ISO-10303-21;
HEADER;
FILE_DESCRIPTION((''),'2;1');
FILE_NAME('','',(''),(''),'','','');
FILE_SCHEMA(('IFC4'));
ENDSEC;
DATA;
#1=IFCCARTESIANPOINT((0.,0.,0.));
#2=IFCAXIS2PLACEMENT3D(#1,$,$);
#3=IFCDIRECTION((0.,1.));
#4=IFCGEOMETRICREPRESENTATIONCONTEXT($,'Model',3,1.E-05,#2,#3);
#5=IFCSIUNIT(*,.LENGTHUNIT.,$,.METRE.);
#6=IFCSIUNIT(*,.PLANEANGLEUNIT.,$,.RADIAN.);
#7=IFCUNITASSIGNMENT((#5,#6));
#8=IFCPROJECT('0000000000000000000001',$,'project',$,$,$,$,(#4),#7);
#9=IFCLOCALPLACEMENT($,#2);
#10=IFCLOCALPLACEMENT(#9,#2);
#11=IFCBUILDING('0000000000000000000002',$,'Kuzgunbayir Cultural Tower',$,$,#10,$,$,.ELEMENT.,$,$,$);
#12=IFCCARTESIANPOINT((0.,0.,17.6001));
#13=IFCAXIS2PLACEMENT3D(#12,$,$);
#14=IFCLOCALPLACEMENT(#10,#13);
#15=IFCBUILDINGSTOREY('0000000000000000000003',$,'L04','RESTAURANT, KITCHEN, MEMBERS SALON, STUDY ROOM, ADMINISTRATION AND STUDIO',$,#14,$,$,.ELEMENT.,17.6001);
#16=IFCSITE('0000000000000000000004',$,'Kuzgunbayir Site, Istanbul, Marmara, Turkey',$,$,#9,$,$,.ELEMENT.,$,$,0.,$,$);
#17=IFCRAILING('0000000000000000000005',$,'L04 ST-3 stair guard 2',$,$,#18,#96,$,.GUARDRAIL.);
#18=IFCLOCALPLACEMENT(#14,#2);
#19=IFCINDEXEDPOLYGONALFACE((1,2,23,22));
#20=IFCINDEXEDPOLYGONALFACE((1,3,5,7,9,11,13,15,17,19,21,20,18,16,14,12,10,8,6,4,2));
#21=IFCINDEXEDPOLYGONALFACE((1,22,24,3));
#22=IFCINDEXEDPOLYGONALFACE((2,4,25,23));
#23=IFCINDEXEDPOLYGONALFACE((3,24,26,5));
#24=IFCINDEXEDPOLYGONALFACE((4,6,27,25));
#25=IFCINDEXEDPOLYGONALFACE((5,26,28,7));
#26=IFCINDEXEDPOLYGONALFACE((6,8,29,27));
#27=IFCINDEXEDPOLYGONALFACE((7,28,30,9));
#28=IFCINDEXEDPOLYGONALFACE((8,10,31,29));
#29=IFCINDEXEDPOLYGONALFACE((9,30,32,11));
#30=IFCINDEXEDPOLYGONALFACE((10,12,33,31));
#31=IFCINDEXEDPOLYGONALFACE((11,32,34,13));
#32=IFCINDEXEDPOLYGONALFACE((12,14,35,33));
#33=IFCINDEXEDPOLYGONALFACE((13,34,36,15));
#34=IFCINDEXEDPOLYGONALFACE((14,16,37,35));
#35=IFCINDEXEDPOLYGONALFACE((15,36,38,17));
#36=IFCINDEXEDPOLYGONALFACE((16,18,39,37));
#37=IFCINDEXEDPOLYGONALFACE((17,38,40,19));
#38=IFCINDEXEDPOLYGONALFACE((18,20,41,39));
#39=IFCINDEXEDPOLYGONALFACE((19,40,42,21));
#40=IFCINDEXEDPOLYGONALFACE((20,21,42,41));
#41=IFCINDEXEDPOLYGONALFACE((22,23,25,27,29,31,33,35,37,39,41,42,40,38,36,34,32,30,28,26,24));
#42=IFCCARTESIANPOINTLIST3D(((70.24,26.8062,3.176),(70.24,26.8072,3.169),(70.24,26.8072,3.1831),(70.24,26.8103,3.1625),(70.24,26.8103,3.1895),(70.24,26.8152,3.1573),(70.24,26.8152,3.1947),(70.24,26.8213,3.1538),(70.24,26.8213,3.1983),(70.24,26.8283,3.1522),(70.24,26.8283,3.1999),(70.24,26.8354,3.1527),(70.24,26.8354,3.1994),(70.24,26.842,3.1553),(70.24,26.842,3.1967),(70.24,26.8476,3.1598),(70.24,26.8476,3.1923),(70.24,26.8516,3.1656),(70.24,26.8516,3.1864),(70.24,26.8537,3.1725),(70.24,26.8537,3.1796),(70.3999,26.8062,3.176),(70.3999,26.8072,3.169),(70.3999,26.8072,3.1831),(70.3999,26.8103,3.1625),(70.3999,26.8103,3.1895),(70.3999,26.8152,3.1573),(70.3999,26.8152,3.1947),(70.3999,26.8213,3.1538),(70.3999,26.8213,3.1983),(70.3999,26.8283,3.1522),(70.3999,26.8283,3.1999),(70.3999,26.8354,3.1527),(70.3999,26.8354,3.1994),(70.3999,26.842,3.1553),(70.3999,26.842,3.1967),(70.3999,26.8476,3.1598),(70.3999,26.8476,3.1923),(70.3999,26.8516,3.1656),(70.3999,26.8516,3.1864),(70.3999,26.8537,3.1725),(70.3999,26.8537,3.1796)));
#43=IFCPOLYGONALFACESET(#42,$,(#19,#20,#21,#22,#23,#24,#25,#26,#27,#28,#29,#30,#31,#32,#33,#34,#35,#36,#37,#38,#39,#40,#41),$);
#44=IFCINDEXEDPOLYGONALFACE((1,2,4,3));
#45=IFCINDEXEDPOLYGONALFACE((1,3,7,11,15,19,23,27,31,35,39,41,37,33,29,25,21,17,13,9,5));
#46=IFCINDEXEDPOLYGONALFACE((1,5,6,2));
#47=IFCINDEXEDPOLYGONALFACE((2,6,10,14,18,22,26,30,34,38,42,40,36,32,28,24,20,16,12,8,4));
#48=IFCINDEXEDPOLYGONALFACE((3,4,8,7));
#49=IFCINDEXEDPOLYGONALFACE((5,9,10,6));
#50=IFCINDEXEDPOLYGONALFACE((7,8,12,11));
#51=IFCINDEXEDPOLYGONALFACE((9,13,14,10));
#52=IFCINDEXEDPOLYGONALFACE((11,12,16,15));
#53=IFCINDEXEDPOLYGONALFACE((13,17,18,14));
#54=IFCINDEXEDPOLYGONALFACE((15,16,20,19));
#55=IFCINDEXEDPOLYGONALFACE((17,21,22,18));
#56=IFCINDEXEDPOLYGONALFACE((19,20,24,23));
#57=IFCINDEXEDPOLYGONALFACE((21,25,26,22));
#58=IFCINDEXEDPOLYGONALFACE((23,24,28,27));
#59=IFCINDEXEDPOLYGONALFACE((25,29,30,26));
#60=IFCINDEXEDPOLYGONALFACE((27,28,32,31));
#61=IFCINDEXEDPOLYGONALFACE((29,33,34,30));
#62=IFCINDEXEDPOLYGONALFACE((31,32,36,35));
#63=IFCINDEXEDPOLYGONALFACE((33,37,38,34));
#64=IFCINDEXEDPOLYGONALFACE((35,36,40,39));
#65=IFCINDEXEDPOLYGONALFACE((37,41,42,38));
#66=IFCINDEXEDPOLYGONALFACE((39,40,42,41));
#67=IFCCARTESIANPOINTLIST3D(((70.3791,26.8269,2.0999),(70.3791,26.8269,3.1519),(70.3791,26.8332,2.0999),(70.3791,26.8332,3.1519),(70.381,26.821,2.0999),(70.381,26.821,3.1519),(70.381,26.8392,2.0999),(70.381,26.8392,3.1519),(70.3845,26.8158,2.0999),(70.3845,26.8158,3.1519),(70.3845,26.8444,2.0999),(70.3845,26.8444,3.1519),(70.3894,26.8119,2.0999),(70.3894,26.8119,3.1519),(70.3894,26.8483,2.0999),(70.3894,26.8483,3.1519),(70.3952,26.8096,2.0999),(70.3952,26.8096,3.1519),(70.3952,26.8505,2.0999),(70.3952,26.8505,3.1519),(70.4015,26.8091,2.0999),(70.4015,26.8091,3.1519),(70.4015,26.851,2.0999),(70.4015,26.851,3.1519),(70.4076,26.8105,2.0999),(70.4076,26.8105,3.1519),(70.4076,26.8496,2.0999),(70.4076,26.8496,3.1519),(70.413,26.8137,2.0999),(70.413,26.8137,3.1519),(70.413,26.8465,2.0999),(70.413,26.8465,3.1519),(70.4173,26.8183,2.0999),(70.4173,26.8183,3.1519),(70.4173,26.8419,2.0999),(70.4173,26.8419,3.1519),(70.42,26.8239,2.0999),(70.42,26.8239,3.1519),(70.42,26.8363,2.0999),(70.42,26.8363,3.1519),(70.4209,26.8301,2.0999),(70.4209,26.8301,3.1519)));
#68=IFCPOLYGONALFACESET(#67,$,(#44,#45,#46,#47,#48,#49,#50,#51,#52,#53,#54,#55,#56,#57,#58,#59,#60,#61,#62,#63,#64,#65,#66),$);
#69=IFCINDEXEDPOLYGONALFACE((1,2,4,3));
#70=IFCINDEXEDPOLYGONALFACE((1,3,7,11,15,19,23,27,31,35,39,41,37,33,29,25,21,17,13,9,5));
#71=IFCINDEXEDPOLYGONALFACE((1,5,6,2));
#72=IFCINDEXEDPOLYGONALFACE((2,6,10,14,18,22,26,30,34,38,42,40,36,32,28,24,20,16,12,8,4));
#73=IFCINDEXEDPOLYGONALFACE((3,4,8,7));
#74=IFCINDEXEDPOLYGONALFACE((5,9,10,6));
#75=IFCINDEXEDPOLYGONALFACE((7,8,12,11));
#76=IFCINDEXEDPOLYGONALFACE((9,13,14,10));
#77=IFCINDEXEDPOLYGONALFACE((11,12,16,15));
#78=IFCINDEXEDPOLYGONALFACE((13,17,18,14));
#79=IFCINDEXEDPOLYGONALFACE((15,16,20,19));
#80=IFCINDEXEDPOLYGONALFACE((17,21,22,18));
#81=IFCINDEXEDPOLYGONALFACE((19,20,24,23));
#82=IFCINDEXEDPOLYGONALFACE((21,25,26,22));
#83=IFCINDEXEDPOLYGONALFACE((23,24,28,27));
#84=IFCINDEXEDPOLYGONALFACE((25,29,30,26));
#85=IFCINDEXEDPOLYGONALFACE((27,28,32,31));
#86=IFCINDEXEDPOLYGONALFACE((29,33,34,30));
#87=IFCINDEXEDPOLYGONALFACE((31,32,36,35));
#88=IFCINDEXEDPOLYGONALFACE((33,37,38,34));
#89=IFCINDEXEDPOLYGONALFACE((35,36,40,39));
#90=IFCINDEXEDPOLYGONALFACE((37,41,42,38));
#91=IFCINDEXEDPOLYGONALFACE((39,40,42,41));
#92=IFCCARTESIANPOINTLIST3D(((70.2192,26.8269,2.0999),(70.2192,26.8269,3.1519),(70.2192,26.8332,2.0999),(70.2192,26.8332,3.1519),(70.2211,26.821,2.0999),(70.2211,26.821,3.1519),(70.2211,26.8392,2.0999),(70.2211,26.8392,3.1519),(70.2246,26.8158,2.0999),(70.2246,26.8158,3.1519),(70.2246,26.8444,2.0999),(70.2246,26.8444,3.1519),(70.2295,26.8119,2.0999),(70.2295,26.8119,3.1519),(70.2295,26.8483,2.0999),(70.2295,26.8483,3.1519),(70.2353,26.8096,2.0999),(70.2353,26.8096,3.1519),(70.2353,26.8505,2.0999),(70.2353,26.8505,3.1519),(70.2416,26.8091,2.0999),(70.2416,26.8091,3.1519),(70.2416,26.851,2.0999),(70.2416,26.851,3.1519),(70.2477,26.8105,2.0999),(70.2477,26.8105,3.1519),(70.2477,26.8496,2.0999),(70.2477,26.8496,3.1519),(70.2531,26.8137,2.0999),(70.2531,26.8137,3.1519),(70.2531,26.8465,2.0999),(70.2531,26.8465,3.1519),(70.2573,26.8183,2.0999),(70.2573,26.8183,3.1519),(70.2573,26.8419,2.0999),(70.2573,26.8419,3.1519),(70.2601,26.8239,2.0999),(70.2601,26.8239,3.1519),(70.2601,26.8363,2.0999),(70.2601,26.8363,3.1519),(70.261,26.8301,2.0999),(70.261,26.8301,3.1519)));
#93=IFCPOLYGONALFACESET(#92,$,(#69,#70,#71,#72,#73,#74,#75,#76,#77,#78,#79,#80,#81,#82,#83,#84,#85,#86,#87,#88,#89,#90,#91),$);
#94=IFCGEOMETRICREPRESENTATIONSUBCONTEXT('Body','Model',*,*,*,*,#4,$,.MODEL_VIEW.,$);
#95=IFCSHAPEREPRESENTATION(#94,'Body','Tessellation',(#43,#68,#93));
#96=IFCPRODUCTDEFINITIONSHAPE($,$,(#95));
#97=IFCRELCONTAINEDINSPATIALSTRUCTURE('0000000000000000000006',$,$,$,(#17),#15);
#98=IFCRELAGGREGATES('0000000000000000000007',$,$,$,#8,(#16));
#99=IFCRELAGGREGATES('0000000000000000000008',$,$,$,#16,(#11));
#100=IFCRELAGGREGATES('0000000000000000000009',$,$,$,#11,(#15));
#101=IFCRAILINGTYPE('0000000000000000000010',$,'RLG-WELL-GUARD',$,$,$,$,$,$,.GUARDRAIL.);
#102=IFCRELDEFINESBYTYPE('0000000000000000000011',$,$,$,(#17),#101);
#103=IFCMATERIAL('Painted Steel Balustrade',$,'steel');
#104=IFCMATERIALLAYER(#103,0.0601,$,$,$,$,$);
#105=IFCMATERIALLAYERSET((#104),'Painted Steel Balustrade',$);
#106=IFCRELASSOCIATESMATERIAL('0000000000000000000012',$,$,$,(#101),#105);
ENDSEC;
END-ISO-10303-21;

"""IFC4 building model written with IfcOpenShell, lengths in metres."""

from ifc_helpers import new_model, si_unit, direction, frame, origin, origin_2d, place, context, subcontext, project, spatial, circle, extrude, material, layer, layer_set, type_object, element, save


model = new_model("IFC4")

# Units and contexts
model_context = context("Model", 3, precision=1e-05, world=origin(), true_north=direction((0.0, 1.0)))
body_context = subcontext(model_context, "Body", "Model", "MODEL_VIEW")
ifc_project = project(units=[si_unit("LENGTHUNIT", "METRE"), si_unit("PLANEANGLEUNIT", "RADIAN")], contexts=[model_context])

# Site, building, storey
site_placement = place(None, origin())
site = spatial("IfcSite", under=ifc_project, at=site_placement, Name="Kuzgunbayir Site, Istanbul, Marmara, Turkey", CompositionType="ELEMENT", RefElevation=0.0)
building_placement = place(site_placement, origin())
building = spatial("IfcBuilding", under=site, at=building_placement, Name="Kuzgunbayir Cultural Tower", CompositionType="ELEMENT")
storey_placement = place(building_placement, frame((0.0, 0.0, 17.6001)))
storey = spatial("IfcBuildingStorey", under=building, at=storey_placement, Name="L04", Description="RESTAURANT, KITCHEN, MEMBERS SALON, STUDY ROOM, ADMINISTRATION AND STUDIO", CompositionType="ELEMENT", Elevation=17.6001)

# Railing
ifc_material_1 = material(Name="Painted Steel Balustrade", Category="steel")
ifc_layer_1 = layer(ifc_material_1, 0.0601)
ifc_layer_set_1 = layer_set([ifc_layer_1], Name="Painted Steel Balustrade")
railing_type_1 = type_object("IfcRailingType", Name="RLG-WELL-GUARD", PredefinedType="GUARDRAIL", material=ifc_layer_set_1)
railing_1_placement = place(storey_placement, frame((70.3999, 26.8301, 2.0999)))
element("IfcRailing", 1, at=railing_1_placement, inside=storey, type_object=railing_type_1, Name="L04 ST-3 stair guard 2", PredefinedType="GUARDRAIL", context=body_context, shape_type="SweptSolid", body=[
    extrude(circle(Radius=0.0239, at=origin_2d()), frame((0.0, 0.0, 1.0762), z_axis=(-1.0, 0.0, 0.0), x_axis=(0.0, -1.0, 0.0)), (0.0, 0.0, 1.0), 0.1599),
    extrude(circle(Radius=0.021, at=origin_2d()), origin(), (0.0, 0.0, 1.0), 1.052),
    extrude(circle(Radius=0.021, at=origin_2d()), frame((-0.1599, 0.0, 0.0)), (0.0, 0.0, 1.0), 1.052),
])

save(model, "model.ifc")
